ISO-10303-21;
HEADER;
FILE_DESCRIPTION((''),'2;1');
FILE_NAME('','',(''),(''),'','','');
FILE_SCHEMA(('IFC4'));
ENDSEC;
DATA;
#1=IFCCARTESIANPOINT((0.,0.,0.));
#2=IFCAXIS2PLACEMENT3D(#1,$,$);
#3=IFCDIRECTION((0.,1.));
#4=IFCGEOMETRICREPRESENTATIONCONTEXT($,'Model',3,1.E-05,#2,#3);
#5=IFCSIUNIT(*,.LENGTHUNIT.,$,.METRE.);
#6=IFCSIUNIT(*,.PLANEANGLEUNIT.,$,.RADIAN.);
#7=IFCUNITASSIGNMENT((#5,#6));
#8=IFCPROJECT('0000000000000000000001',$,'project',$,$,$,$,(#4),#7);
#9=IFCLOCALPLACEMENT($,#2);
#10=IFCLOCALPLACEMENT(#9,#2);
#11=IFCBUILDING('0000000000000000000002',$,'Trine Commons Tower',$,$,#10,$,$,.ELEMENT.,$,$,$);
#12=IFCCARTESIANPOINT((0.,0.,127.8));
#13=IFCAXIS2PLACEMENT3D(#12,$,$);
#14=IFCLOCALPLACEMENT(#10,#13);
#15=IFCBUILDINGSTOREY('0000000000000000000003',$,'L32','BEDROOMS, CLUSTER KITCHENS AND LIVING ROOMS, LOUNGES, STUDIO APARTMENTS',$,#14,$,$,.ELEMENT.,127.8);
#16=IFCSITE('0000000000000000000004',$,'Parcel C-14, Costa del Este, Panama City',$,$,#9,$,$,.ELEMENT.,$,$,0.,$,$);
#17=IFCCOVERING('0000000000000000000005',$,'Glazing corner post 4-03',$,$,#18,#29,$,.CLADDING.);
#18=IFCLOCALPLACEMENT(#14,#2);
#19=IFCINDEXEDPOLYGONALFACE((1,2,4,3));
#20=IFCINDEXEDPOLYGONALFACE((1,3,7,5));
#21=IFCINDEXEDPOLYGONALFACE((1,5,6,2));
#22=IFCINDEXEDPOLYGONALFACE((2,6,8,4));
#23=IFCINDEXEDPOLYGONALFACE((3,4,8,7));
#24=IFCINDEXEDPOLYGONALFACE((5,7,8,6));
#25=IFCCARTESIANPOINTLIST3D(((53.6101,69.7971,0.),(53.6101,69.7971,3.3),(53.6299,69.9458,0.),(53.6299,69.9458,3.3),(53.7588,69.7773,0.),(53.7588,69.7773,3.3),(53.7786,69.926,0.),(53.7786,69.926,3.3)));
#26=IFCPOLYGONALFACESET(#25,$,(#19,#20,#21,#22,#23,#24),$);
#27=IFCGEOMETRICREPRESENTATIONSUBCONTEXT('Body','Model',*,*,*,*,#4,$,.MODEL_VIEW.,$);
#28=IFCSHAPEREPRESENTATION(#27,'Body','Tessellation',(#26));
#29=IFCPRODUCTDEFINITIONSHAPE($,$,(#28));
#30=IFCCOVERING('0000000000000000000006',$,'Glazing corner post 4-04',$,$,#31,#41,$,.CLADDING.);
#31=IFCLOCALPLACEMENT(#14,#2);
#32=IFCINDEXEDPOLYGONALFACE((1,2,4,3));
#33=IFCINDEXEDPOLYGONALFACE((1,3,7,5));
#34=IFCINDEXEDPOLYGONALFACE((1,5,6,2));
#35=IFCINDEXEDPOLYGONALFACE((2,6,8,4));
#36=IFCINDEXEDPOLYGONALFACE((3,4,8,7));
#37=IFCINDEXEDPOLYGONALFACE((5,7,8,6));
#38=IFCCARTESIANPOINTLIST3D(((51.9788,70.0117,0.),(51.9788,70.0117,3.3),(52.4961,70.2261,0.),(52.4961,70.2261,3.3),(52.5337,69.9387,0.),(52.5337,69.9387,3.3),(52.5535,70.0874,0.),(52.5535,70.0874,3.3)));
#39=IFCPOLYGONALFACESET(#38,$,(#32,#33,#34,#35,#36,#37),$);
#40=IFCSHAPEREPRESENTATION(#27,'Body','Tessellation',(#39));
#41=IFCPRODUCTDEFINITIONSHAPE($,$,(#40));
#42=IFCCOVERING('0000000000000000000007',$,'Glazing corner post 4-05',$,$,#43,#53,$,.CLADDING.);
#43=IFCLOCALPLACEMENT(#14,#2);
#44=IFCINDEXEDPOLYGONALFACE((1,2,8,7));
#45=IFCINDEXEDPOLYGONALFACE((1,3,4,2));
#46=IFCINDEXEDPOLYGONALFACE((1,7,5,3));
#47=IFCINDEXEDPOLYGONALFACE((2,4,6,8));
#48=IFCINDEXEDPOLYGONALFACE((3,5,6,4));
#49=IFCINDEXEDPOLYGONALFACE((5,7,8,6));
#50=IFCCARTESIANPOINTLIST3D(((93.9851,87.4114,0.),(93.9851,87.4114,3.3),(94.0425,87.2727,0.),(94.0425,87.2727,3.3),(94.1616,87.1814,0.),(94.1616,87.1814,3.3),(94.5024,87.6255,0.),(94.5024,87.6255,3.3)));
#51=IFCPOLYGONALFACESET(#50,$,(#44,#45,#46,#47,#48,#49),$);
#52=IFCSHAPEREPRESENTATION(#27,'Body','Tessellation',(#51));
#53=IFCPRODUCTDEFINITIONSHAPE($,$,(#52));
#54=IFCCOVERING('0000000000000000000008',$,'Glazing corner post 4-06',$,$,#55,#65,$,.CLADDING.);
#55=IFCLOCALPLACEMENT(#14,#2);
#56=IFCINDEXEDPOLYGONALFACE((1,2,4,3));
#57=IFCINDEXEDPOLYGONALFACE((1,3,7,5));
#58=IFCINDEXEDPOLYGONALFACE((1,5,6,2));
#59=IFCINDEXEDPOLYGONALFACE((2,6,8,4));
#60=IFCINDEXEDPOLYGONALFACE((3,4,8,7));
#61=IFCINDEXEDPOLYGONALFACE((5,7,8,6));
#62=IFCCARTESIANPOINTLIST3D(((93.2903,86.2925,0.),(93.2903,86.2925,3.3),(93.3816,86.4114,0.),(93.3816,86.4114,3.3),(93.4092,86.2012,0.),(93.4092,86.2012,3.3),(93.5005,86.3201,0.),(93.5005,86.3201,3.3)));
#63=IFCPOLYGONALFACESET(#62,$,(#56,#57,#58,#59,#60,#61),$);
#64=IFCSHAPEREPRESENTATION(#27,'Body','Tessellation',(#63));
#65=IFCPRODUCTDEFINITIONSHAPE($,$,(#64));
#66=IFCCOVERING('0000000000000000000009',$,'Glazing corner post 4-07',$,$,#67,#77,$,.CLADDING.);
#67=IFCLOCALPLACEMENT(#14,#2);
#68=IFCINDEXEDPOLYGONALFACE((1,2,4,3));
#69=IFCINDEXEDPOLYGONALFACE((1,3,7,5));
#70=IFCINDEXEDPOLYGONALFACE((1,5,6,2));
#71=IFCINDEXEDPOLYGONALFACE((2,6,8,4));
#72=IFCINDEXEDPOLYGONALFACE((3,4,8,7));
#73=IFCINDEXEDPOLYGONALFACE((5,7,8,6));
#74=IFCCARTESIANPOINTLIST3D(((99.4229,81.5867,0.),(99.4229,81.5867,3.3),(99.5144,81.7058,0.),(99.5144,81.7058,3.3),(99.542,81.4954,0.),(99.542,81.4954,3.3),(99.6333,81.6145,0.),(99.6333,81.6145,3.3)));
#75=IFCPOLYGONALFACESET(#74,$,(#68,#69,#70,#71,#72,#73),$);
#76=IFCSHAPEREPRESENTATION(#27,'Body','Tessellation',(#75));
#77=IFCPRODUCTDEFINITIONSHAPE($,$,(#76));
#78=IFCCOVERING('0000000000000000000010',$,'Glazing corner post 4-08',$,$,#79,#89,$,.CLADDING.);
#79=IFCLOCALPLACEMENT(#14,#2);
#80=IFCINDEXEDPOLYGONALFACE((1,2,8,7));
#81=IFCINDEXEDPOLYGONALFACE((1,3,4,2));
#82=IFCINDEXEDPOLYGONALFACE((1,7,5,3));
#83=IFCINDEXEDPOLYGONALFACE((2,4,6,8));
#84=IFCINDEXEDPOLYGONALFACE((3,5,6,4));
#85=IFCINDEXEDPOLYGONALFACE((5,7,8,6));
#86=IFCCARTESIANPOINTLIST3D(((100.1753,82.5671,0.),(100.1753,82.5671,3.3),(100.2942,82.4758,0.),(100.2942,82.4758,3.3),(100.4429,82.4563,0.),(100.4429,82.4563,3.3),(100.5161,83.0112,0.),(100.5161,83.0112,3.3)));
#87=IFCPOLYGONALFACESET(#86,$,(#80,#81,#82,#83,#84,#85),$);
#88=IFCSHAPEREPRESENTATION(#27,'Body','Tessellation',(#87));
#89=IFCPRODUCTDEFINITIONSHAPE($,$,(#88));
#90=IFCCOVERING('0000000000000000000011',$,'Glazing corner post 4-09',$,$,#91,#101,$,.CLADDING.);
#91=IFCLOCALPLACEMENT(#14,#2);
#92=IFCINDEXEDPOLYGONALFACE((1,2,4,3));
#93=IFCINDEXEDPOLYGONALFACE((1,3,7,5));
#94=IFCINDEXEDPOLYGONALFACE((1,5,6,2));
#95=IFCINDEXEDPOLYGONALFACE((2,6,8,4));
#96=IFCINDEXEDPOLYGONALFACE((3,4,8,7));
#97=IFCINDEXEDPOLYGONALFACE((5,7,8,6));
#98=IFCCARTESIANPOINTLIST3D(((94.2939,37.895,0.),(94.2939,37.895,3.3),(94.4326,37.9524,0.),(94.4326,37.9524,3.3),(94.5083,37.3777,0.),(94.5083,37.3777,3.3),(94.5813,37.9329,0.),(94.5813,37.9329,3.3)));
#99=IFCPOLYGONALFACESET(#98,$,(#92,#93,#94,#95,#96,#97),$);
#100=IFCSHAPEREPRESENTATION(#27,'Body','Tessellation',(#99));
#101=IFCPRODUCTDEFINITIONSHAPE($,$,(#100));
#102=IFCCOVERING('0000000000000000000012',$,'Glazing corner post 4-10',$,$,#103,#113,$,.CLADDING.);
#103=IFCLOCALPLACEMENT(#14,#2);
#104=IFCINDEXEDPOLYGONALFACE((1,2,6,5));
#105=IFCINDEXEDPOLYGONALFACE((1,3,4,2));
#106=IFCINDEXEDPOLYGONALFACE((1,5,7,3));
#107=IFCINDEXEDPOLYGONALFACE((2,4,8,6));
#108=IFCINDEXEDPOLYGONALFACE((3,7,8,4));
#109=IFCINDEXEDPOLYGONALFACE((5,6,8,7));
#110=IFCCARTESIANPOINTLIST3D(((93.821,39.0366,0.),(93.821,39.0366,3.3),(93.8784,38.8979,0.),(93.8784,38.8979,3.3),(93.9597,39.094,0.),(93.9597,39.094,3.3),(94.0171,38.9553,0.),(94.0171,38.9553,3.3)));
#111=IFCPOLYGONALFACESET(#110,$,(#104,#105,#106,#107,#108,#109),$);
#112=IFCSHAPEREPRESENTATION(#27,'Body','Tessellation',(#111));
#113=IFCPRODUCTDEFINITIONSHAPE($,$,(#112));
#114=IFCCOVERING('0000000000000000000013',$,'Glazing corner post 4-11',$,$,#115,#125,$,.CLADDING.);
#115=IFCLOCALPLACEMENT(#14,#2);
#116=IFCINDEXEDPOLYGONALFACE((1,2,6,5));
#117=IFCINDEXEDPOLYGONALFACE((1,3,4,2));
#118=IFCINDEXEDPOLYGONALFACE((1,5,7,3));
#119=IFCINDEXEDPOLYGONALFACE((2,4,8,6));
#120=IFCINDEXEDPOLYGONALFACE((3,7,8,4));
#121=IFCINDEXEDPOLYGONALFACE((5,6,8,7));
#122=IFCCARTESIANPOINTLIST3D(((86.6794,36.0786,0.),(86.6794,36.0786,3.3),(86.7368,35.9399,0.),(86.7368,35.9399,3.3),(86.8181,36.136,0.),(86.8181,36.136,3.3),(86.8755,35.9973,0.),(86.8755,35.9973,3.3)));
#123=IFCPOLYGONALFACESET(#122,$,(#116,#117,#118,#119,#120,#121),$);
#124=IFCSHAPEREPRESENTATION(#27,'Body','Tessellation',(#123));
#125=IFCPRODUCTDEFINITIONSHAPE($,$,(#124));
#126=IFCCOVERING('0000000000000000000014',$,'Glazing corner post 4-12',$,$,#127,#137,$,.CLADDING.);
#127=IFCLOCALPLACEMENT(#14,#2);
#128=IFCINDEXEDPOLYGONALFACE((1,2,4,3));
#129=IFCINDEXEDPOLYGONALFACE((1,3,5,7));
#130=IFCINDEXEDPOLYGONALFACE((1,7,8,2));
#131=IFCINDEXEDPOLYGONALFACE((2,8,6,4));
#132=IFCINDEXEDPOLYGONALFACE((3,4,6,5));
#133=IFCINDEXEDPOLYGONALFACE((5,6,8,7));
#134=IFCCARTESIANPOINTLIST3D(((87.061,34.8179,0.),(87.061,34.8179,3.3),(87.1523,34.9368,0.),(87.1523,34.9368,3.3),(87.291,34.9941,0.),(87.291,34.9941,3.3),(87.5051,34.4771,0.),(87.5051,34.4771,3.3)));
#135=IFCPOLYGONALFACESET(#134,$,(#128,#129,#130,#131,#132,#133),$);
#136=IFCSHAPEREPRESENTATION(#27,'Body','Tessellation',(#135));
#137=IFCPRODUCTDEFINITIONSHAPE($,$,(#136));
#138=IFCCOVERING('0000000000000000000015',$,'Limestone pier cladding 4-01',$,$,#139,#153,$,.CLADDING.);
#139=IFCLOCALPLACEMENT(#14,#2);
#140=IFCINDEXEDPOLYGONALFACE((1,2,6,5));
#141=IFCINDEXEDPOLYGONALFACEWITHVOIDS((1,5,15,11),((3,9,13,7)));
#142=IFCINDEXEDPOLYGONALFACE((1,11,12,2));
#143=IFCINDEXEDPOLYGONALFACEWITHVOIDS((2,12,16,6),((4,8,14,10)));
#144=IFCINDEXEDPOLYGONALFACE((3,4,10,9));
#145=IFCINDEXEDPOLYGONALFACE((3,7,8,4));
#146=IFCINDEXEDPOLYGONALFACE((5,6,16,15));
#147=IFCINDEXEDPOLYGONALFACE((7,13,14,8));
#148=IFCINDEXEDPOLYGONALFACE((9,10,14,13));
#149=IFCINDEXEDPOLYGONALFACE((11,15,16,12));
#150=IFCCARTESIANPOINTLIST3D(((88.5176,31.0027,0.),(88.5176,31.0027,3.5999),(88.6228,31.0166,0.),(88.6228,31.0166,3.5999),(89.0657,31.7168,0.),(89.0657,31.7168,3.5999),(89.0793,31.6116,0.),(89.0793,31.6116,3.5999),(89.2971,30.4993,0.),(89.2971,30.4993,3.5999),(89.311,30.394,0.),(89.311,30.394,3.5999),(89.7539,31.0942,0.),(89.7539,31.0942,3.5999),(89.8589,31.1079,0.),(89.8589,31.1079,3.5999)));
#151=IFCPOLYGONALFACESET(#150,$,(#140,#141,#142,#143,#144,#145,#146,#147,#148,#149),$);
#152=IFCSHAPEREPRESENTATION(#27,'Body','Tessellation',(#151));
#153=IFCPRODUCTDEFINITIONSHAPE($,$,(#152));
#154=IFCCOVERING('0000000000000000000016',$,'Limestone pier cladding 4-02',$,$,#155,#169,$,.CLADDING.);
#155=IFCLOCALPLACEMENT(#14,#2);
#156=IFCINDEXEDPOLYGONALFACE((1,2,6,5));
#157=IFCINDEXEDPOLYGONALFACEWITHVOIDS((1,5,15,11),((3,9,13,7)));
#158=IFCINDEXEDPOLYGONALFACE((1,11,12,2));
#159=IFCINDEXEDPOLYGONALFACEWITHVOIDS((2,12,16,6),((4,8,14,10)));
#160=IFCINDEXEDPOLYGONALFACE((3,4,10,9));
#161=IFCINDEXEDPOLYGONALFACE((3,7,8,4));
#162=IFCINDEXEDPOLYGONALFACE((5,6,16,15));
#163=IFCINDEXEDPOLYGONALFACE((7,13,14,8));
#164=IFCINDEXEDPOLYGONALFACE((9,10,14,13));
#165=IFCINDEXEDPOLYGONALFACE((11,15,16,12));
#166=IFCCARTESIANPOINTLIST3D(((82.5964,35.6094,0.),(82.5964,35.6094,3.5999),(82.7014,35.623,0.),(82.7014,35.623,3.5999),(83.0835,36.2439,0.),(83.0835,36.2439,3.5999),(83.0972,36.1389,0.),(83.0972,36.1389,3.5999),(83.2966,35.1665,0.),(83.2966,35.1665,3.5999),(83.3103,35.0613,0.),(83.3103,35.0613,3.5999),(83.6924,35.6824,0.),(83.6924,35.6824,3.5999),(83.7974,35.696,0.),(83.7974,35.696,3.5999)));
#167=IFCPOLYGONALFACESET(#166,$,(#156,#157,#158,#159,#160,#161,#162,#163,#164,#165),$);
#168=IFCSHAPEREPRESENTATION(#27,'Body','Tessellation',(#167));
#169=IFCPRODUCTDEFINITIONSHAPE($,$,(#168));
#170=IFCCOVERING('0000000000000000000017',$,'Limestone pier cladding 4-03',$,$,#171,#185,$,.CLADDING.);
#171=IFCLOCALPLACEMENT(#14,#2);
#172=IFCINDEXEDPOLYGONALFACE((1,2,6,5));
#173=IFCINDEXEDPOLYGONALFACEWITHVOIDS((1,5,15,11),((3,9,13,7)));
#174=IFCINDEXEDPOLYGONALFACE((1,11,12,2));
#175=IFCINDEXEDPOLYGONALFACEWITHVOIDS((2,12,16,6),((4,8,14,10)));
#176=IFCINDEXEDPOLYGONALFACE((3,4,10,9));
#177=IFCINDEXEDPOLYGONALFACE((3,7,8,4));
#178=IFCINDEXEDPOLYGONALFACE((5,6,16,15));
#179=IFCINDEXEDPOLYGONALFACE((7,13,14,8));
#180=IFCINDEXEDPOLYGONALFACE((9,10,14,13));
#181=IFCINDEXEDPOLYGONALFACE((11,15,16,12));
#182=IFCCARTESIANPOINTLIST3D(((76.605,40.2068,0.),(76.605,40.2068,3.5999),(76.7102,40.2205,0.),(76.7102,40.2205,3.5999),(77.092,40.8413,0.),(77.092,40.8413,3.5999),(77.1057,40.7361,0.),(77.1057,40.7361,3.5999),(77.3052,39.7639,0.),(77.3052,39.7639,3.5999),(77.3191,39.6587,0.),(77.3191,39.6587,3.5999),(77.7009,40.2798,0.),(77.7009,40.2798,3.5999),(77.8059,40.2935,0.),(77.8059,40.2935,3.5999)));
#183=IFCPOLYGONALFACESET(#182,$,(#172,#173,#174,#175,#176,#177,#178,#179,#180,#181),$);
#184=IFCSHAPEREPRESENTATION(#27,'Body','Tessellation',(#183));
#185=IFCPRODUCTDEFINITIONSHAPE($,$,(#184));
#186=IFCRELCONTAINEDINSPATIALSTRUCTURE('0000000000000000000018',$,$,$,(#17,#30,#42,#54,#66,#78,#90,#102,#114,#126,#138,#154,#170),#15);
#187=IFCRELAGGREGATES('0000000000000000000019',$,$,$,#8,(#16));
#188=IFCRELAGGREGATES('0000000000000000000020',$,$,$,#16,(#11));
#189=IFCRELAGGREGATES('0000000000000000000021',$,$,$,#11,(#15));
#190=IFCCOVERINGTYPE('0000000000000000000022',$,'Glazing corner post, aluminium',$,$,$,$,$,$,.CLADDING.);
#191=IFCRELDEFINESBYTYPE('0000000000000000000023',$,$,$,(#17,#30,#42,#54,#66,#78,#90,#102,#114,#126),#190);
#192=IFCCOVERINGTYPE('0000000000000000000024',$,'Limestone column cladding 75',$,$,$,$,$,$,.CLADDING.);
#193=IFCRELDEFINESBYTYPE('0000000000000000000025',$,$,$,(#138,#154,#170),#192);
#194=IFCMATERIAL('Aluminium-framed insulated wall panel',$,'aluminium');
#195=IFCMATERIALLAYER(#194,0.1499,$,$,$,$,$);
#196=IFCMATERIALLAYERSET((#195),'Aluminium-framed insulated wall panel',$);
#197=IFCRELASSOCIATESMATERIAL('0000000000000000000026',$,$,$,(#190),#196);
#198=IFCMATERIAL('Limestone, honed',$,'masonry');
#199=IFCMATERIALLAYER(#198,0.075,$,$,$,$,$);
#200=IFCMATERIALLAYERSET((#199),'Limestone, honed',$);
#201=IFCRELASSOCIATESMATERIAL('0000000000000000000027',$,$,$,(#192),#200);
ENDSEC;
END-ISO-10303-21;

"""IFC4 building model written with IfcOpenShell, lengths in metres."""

from ifc_helpers import new_model, si_unit, direction, frame, origin, place, context, subcontext, project, spatial, polyline, outline, extrude, material, layer, layer_set, type_object, element, save


model = new_model("IFC4")

# Units and contexts
model_context = context("Model", 3, precision=1e-05, world=origin(), true_north=direction((0.0, 1.0)))
body_context = subcontext(model_context, "Body", "Model", "MODEL_VIEW")
ifc_project = project(units=[si_unit("LENGTHUNIT", "METRE"), si_unit("PLANEANGLEUNIT", "RADIAN")], contexts=[model_context])

# Site, building, storey
site_placement = place(None, origin())
site = spatial("IfcSite", under=ifc_project, at=site_placement, Name="Parcel C-14, Costa del Este, Panama City", CompositionType="ELEMENT", RefElevation=0.0)
building_placement = place(site_placement, origin())
building = spatial("IfcBuilding", under=site, at=building_placement, Name="Trine Commons Tower", CompositionType="ELEMENT")
storey_placement = place(building_placement, frame((0.0, 0.0, 127.8)))
storey = spatial("IfcBuildingStorey", under=building, at=storey_placement, Name="L32", Description="BEDROOMS, CLUSTER KITCHENS AND LIVING ROOMS, LOUNGES, STUDIO APARTMENTS", CompositionType="ELEMENT", Elevation=127.8)

# Coverings
ifc_material_1 = material(Name="Aluminium-framed insulated wall panel", Category="aluminium")
ifc_layer_1 = layer(ifc_material_1, 0.1499)
ifc_layer_set_1 = layer_set([ifc_layer_1], Name="Aluminium-framed insulated wall panel")
covering_type_1 = type_object("IfcCoveringType", Name="Glazing corner post, aluminium", PredefinedType="CLADDING", material=ifc_layer_set_1)
covering_1_placement = place(storey_placement, origin())
element("IfcCovering", 1, at=covering_1_placement, inside=storey, type_object=covering_type_1, Name="Glazing corner post 4-03", PredefinedType="CLADDING", context=body_context, shape_type="SweptSolid", body=[
    extrude(outline(polyline([(53.6101, 69.7971), (53.7588, 69.7773), (53.7786, 69.926), (53.6299, 69.9458), (53.6101, 69.7971)])), origin(), (0.0, 0.0, 1.0), 3.3),
])
covering_2_placement = place(storey_placement, origin())
element("IfcCovering", 2, at=covering_2_placement, inside=storey, type_object=covering_type_1, Name="Glazing corner post 4-04", PredefinedType="CLADDING", context=body_context, shape_type="SweptSolid", body=[
    extrude(outline(polyline([(52.5337, 69.9387), (52.5535, 70.0874), (52.4961, 70.2261), (51.9788, 70.0117), (52.5337, 69.9387)])), origin(), (0.0, 0.0, 1.0), 3.3),
])
covering_3_placement = place(storey_placement, origin())
element("IfcCovering", 3, at=covering_3_placement, inside=storey, type_object=covering_type_1, Name="Glazing corner post 4-05", PredefinedType="CLADDING", context=body_context, shape_type="SweptSolid", body=[
    extrude(outline(polyline([(94.0425, 87.2727), (94.0425, 87.2727), (94.1616, 87.1814), (94.5024, 87.6255), (93.9851, 87.4114), (94.0425, 87.2727)])), origin(), (0.0, 0.0, 1.0), 3.3),
])
covering_4_placement = place(storey_placement, origin())
element("IfcCovering", 4, at=covering_4_placement, inside=storey, type_object=covering_type_1, Name="Glazing corner post 4-06", PredefinedType="CLADDING", context=body_context, shape_type="SweptSolid", body=[
    extrude(outline(polyline([(93.4092, 86.2012), (93.5005, 86.3201), (93.3816, 86.4114), (93.2903, 86.2925), (93.4092, 86.2012)])), origin(), (0.0, 0.0, 1.0), 3.3),
])
covering_5_placement = place(storey_placement, origin())
element("IfcCovering", 5, at=covering_5_placement, inside=storey, type_object=covering_type_1, Name="Glazing corner post 4-07", PredefinedType="CLADDING", context=body_context, shape_type="SweptSolid", body=[
    extrude(outline(polyline([(99.4229, 81.5867), (99.542, 81.4954), (99.6333, 81.6145), (99.5144, 81.7058), (99.4229, 81.5867)])), origin(), (0.0, 0.0, 1.0), 3.3),
])
covering_6_placement = place(storey_placement, origin())
element("IfcCovering", 6, at=covering_6_placement, inside=storey, type_object=covering_type_1, Name="Glazing corner post 4-08", PredefinedType="CLADDING", context=body_context, shape_type="SweptSolid", body=[
    extrude(outline(polyline([(100.4429, 82.4563), (100.5161, 83.0112), (100.1753, 82.5671), (100.2942, 82.4758), (100.4429, 82.4563)])), origin(), (0.0, 0.0, 1.0), 3.3),
])
covering_7_placement = place(storey_placement, origin())
element("IfcCovering", 7, at=covering_7_placement, inside=storey, type_object=covering_type_1, Name="Glazing corner post 4-09", PredefinedType="CLADDING", context=body_context, shape_type="SweptSolid", body=[
    extrude(outline(polyline([(94.2939, 37.895), (94.5083, 37.3777), (94.5813, 37.9329), (94.4326, 37.9524), (94.4326, 37.9524), (94.2939, 37.895)])), origin(), (0.0, 0.0, 1.0), 3.3),
])
covering_8_placement = place(storey_placement, origin())
element("IfcCovering", 8, at=covering_8_placement, inside=storey, type_object=covering_type_1, Name="Glazing corner post 4-10", PredefinedType="CLADDING", context=body_context, shape_type="SweptSolid", body=[
    extrude(outline(polyline([(93.821, 39.0366), (93.8784, 38.8979), (93.8784, 38.8979), (94.0171, 38.9553), (93.9597, 39.094), (93.821, 39.0366)])), origin(), (0.0, 0.0, 1.0), 3.3),
])
covering_9_placement = place(storey_placement, origin())
element("IfcCovering", 9, at=covering_9_placement, inside=storey, type_object=covering_type_1, Name="Glazing corner post 4-11", PredefinedType="CLADDING", context=body_context, shape_type="SweptSolid", body=[
    extrude(outline(polyline([(86.7368, 35.9399), (86.8755, 35.9973), (86.8181, 36.136), (86.6794, 36.0786), (86.7368, 35.9399)])), origin(), (0.0, 0.0, 1.0), 3.3),
])
covering_10_placement = place(storey_placement, origin())
element("IfcCovering", 10, at=covering_10_placement, inside=storey, type_object=covering_type_1, Name="Glazing corner post 4-12", PredefinedType="CLADDING", context=body_context, shape_type="SweptSolid", body=[
    extrude(outline(polyline([(87.061, 34.8179), (87.5051, 34.4771), (87.291, 34.9941), (87.1523, 34.9368), (87.061, 34.8179)])), origin(), (0.0, 0.0, 1.0), 3.3),
])
ifc_material_2 = material(Name="Limestone, honed", Category="masonry")
ifc_layer_2 = layer(ifc_material_2, 0.075)
ifc_layer_set_2 = layer_set([ifc_layer_2], Name="Limestone, honed")
covering_type_2 = type_object("IfcCoveringType", Name="Limestone column cladding 75", PredefinedType="CLADDING", material=ifc_layer_set_2)
covering_11_placement = place(storey_placement, origin())
element("IfcCovering", 11, at=covering_11_placement, inside=storey, type_object=covering_type_2, Name="Limestone pier cladding 4-01", PredefinedType="CLADDING", context=body_context, shape_type="SweptSolid", body=[
    extrude(outline(polyline([(89.0657, 31.7168), (88.5176, 31.0027), (89.311, 30.394), (89.8589, 31.1079), (89.0657, 31.7168)]), holes=[polyline([(89.0793, 31.6116), (88.6228, 31.0166), (89.2971, 30.4993), (89.7539, 31.0942), (89.0793, 31.6116)])]), origin(), (0.0, 0.0, 1.0), 3.5999),
])
covering_12_placement = place(storey_placement, origin())
element("IfcCovering", 12, at=covering_12_placement, inside=storey, type_object=covering_type_2, Name="Limestone pier cladding 4-02", PredefinedType="CLADDING", context=body_context, shape_type="SweptSolid", body=[
    extrude(outline(polyline([(83.0835, 36.2439), (82.5964, 35.6094), (83.3103, 35.0613), (83.7974, 35.696), (83.0835, 36.2439)]), holes=[polyline([(83.0972, 36.1389), (82.7014, 35.623), (83.2966, 35.1665), (83.6924, 35.6824), (83.0972, 36.1389)])]), origin(), (0.0, 0.0, 1.0), 3.5999),
])
covering_13_placement = place(storey_placement, origin())
element("IfcCovering", 13, at=covering_13_placement, inside=storey, type_object=covering_type_2, Name="Limestone pier cladding 4-03", PredefinedType="CLADDING", context=body_context, shape_type="SweptSolid", body=[
    extrude(outline(polyline([(77.092, 40.8413), (76.605, 40.2068), (77.3191, 39.6587), (77.8059, 40.2935), (77.092, 40.8413)]), holes=[polyline([(77.1057, 40.7361), (76.7102, 40.2205), (77.3052, 39.7639), (77.7009, 40.2798), (77.1057, 40.7361)])]), origin(), (0.0, 0.0, 1.0), 3.5999),
])

save(model, "model.ifc")
